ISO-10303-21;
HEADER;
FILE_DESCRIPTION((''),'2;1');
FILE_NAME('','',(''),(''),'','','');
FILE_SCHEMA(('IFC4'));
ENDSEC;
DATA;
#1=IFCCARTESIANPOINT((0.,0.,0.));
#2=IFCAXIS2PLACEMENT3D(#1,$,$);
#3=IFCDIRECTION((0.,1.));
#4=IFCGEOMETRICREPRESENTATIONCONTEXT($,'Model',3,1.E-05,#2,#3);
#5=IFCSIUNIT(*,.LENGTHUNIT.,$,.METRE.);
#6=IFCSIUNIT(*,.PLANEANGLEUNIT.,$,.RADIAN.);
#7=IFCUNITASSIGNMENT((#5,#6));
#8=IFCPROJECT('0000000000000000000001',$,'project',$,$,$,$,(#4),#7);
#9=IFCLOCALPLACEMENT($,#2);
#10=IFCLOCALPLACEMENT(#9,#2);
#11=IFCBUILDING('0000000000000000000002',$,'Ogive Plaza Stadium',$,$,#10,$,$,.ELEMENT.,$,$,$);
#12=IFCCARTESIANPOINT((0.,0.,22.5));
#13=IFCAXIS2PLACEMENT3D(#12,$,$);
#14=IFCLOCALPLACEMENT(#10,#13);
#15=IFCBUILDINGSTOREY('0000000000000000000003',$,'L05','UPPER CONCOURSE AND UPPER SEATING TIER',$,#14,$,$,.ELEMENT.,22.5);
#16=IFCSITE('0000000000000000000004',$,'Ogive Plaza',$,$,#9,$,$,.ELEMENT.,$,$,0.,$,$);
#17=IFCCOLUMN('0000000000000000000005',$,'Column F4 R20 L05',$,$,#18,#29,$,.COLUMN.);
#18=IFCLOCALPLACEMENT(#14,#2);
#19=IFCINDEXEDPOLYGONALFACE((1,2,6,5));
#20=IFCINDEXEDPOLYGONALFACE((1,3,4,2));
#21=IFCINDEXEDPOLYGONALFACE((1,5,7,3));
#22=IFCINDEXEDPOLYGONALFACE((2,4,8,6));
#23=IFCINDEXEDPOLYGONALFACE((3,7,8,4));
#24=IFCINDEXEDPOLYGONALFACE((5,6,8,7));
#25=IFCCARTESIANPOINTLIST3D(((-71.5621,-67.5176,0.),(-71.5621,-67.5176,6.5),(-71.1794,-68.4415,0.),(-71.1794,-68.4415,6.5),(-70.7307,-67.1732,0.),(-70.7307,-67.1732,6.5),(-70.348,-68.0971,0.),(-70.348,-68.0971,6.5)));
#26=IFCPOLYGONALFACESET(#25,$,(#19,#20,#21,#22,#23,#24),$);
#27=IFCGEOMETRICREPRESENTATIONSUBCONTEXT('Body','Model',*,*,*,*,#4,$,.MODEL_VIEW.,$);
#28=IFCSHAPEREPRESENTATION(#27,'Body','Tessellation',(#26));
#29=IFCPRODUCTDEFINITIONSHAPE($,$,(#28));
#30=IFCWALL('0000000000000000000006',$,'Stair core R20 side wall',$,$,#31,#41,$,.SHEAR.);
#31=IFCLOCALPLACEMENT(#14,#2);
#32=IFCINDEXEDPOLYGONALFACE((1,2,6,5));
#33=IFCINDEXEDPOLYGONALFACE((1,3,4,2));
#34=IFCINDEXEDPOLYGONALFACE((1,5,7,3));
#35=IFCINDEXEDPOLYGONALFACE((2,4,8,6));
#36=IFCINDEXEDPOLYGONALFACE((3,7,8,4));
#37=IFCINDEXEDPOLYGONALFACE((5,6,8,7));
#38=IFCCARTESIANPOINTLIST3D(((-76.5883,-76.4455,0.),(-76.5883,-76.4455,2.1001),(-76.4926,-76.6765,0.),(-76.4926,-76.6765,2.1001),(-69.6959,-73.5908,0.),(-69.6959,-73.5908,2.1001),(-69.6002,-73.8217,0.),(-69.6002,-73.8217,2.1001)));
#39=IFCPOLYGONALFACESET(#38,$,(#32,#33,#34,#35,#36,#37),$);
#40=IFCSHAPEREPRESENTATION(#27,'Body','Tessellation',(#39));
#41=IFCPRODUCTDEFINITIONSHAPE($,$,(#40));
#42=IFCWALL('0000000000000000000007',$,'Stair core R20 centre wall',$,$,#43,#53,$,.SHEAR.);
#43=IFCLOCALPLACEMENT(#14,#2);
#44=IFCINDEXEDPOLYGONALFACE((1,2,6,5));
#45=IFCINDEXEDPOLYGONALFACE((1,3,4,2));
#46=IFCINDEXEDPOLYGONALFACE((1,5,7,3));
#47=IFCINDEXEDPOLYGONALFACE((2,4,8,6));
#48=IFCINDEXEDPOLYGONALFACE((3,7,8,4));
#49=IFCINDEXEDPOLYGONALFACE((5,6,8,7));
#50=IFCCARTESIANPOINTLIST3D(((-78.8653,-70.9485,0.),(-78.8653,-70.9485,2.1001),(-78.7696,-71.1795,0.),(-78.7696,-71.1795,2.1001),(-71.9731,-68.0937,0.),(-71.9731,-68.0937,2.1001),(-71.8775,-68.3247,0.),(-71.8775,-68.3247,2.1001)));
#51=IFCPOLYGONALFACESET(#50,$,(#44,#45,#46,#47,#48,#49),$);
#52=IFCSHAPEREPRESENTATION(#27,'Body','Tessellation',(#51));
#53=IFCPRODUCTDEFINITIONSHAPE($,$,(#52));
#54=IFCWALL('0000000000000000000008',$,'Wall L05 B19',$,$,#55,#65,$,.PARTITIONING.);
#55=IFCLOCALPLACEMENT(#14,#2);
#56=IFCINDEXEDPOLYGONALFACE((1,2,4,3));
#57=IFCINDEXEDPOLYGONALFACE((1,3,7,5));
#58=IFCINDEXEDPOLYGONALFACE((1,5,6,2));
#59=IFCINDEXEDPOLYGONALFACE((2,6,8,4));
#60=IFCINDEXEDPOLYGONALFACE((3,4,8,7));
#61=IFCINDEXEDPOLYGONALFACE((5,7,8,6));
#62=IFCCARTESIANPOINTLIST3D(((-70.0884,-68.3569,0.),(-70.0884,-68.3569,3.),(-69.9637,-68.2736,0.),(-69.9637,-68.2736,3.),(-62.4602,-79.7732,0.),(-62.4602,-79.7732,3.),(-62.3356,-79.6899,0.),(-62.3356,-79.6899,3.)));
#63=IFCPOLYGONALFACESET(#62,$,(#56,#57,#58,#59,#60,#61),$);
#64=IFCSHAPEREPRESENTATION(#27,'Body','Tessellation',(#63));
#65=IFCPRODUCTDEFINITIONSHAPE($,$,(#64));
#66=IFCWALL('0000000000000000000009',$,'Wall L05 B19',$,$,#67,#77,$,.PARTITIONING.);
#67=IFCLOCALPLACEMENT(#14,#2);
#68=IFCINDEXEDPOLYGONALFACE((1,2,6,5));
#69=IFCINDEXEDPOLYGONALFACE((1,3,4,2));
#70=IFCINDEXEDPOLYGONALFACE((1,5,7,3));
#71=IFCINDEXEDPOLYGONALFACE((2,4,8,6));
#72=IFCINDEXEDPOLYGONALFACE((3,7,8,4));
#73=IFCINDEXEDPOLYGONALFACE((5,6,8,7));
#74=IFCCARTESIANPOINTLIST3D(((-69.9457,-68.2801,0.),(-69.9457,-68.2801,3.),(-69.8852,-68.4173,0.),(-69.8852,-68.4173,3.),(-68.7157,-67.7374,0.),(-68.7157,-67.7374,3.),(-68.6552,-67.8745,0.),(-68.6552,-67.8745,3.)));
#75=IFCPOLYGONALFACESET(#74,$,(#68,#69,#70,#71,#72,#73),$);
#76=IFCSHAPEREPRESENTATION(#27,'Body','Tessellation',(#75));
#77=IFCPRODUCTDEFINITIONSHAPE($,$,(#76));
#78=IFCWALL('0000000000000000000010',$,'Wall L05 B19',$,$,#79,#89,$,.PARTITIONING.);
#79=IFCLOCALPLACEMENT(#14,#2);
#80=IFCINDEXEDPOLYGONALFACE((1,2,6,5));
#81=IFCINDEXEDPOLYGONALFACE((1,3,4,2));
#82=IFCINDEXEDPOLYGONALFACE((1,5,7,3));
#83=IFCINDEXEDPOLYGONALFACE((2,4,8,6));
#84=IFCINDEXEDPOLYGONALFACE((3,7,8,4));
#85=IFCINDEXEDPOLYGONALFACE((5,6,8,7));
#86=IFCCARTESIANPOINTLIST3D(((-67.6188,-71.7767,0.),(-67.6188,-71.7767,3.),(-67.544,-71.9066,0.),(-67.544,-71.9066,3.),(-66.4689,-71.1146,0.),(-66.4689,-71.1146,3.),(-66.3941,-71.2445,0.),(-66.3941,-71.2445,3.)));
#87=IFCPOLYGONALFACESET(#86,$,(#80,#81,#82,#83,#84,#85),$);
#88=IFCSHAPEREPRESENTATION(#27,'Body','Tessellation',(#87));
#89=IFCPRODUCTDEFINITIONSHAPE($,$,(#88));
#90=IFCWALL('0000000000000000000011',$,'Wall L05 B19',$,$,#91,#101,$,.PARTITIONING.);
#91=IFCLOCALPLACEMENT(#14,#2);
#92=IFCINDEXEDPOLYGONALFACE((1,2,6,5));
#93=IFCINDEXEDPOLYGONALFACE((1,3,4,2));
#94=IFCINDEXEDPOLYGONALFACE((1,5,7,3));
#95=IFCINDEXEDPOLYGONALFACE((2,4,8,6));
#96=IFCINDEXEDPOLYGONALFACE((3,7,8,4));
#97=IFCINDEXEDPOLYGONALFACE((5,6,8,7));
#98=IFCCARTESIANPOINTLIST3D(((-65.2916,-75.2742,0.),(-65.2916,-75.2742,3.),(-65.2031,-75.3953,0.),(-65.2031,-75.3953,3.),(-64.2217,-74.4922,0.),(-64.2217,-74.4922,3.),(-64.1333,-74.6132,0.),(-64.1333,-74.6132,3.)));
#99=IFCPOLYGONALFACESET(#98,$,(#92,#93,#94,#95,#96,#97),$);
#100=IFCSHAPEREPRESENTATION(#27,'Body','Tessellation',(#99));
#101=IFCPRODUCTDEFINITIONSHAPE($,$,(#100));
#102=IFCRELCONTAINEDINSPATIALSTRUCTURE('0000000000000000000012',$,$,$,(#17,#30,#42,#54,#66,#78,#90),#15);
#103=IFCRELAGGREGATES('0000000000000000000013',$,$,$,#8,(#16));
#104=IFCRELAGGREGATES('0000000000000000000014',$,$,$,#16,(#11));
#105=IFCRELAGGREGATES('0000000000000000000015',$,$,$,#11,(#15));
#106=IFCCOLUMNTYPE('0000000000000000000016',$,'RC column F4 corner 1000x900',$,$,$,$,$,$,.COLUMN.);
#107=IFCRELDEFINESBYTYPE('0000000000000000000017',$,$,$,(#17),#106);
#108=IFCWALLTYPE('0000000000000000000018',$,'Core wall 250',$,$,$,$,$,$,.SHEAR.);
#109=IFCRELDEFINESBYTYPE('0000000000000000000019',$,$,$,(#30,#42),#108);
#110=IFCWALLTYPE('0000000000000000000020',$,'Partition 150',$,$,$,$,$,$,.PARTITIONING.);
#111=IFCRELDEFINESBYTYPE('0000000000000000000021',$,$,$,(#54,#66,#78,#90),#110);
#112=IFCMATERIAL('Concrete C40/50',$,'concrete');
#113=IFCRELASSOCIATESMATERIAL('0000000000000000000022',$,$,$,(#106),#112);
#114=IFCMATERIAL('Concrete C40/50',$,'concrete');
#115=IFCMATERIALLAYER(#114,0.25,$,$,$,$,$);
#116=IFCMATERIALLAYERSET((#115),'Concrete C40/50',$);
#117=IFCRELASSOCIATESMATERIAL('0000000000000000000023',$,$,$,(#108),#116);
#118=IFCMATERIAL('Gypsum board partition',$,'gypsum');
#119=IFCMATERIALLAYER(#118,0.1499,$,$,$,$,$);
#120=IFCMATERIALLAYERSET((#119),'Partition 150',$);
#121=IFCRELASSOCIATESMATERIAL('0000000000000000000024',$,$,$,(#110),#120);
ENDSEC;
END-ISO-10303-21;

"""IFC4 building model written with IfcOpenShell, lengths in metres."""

from ifc_helpers import new_model, si_unit, direction, frame, frame_2d, origin, origin_2d, place, context, subcontext, project, spatial, rectangle, extrude, material, layer, layer_set, material_profile, profile_set, type_object, element, save


model = new_model("IFC4")

# Units and contexts
model_context = context("Model", 3, precision=1e-05, world=origin(), true_north=direction((0.0, 1.0)))
body_context = subcontext(model_context, "Body", "Model", "MODEL_VIEW")
ifc_project = project(units=[si_unit("LENGTHUNIT", "METRE"), si_unit("PLANEANGLEUNIT", "RADIAN")], contexts=[model_context])

# Site, building, storey
site_placement = place(None, origin())
site = spatial("IfcSite", under=ifc_project, at=site_placement, Name="Ogive Plaza", CompositionType="ELEMENT", RefElevation=0.0)
building_placement = place(site_placement, origin())
building = spatial("IfcBuilding", under=site, at=building_placement, Name="Ogive Plaza Stadium", CompositionType="ELEMENT")
storey_placement = place(building_placement, frame((0.0, 0.0, 22.5)))
storey = spatial("IfcBuildingStorey", under=building, at=storey_placement, Name="L05", Description="UPPER CONCOURSE AND UPPER SEATING TIER", CompositionType="ELEMENT", Elevation=22.5)

# Column
ifc_material_1 = material(Name="Concrete C40/50", Category="concrete")
ifc_material_profile = material_profile(ifc_material_1, rectangle(XDim=1.0, YDim=0.8999, at=origin_2d()), Name="RC 1000x900")
ifc_profile_set = profile_set([ifc_material_profile], Name="Concrete C40/50")
column_type = type_object("IfcColumnType", Name="RC column F4 corner 1000x900", PredefinedType="COLUMN", material=ifc_profile_set)
column_placement = place(storey_placement, frame((-70.9551, -67.8074, 0.0), z_axis=(0.0, 0.0, 1.0), x_axis=(0.382683, -0.92388, 0.0)))
element("IfcColumn", 1, at=column_placement, inside=storey, type_object=column_type, Name="Column F4 R20 L05", PredefinedType="COLUMN", context=body_context, shape_type="SweptSolid", body=[
    extrude(rectangle(XDim=1.0, YDim=0.8999, at=origin_2d()), origin(), (0.0, 0.0, 1.0), 6.5),
])

# Walls
ifc_material_2 = material(Name="Concrete C40/50", Category="concrete")
ifc_layer_1 = layer(ifc_material_2, 0.25)
ifc_layer_set_1 = layer_set([ifc_layer_1], Name="Concrete C40/50")
wall_type_1 = type_object("IfcWallType", Name="Core wall 250", PredefinedType="SHEAR", material=ifc_layer_set_1)
wall_1_placement = place(storey_placement, frame((-69.6482, -73.7063, 0.0), z_axis=(0.0, 0.0, 1.0), x_axis=(-0.923887, -0.382665, 0.0)))
element("IfcWall", 2, at=wall_1_placement, inside=storey, type_object=wall_type_1, Name="Stair core R20 side wall", PredefinedType="SHEAR", context=body_context, shape_type="SweptSolid", body=[
    extrude(rectangle(XDim=7.4602, YDim=0.25, at=frame_2d((3.73, 0.0))), origin(), (0.0, 0.0, 1.0), 2.1001),
])
wall_2_placement = place(storey_placement, frame((-71.9253, -68.2092, 0.0), z_axis=(0.0, 0.0, 1.0), x_axis=(-0.923882, -0.382676, 0.0)))
element("IfcWall", 3, at=wall_2_placement, inside=storey, type_object=wall_type_1, Name="Stair core R20 centre wall", PredefinedType="SHEAR", context=body_context, shape_type="SweptSolid", body=[
    extrude(rectangle(XDim=7.46, YDim=0.25, at=frame_2d((3.73, 0.0))), origin(), (0.0, 0.0, 1.0), 2.1001),
])
ifc_material_3 = material(Name="Gypsum board partition", Category="gypsum")
ifc_layer_2 = layer(ifc_material_3, 0.1499)
ifc_layer_set_2 = layer_set([ifc_layer_2], Name="Partition 150")
wall_type_2 = type_object("IfcWallType", Name="Partition 150", PredefinedType="PARTITIONING", material=ifc_layer_set_2)
wall_3_placement = place(storey_placement, frame((-70.0261, -68.3152, 0.0), z_axis=(0.0, 0.0, 1.0), x_axis=(0.555574, -0.831467, 0.0)))
element("IfcWall", 4, at=wall_3_placement, inside=storey, type_object=wall_type_2, Name="Wall L05 B19", PredefinedType="PARTITIONING", context=body_context, shape_type="SweptSolid", body=[
    extrude(rectangle(XDim=13.7302, YDim=0.1499, at=frame_2d((6.8652, 0.0))), origin(), (0.0, 0.0, 1.0), 3.0),
])
wall_4_placement = place(storey_placement, frame((-68.6853, -67.8059, 0.0), z_axis=(0.0, 0.0, 1.0), x_axis=(-0.914894, -0.403694, 0.0)))
element("IfcWall", 5, at=wall_4_placement, inside=storey, type_object=wall_type_2, Name="Wall L05 B19", PredefinedType="PARTITIONING", context=body_context, shape_type="SweptSolid", body=[
    extrude(rectangle(XDim=1.3445, YDim=0.1499, at=frame_2d((0.6724, 0.0))), origin(), (0.0, 0.0, 1.0), 3.0),
])
wall_5_placement = place(storey_placement, frame((-66.4314, -71.1794, 0.0), z_axis=(0.0, 0.0, 1.0), x_axis=(-0.866608, -0.49899, 0.0)))
element("IfcWall", 6, at=wall_5_placement, inside=storey, type_object=wall_type_2, Name="Wall L05 B19", PredefinedType="PARTITIONING", context=body_context, shape_type="SweptSolid", body=[
    extrude(rectangle(XDim=1.3269, YDim=0.1499, at=frame_2d((0.6636, 0.0))), origin(), (0.0, 0.0, 1.0), 3.0),
])
wall_6_placement = place(storey_placement, frame((-64.1775, -74.5527, 0.0), z_axis=(0.0, 0.0, 1.0), x_axis=(-0.807324, -0.590109, 0.0)))
element("IfcWall", 7, at=wall_6_placement, inside=storey, type_object=wall_type_2, Name="Wall L05 B19", PredefinedType="PARTITIONING", context=body_context, shape_type="SweptSolid", body=[
    extrude(rectangle(XDim=1.3252, YDim=0.1499, at=frame_2d((0.6626, 0.0))), origin(), (0.0, 0.0, 1.0), 3.0),
])

save(model, "model.ifc")
